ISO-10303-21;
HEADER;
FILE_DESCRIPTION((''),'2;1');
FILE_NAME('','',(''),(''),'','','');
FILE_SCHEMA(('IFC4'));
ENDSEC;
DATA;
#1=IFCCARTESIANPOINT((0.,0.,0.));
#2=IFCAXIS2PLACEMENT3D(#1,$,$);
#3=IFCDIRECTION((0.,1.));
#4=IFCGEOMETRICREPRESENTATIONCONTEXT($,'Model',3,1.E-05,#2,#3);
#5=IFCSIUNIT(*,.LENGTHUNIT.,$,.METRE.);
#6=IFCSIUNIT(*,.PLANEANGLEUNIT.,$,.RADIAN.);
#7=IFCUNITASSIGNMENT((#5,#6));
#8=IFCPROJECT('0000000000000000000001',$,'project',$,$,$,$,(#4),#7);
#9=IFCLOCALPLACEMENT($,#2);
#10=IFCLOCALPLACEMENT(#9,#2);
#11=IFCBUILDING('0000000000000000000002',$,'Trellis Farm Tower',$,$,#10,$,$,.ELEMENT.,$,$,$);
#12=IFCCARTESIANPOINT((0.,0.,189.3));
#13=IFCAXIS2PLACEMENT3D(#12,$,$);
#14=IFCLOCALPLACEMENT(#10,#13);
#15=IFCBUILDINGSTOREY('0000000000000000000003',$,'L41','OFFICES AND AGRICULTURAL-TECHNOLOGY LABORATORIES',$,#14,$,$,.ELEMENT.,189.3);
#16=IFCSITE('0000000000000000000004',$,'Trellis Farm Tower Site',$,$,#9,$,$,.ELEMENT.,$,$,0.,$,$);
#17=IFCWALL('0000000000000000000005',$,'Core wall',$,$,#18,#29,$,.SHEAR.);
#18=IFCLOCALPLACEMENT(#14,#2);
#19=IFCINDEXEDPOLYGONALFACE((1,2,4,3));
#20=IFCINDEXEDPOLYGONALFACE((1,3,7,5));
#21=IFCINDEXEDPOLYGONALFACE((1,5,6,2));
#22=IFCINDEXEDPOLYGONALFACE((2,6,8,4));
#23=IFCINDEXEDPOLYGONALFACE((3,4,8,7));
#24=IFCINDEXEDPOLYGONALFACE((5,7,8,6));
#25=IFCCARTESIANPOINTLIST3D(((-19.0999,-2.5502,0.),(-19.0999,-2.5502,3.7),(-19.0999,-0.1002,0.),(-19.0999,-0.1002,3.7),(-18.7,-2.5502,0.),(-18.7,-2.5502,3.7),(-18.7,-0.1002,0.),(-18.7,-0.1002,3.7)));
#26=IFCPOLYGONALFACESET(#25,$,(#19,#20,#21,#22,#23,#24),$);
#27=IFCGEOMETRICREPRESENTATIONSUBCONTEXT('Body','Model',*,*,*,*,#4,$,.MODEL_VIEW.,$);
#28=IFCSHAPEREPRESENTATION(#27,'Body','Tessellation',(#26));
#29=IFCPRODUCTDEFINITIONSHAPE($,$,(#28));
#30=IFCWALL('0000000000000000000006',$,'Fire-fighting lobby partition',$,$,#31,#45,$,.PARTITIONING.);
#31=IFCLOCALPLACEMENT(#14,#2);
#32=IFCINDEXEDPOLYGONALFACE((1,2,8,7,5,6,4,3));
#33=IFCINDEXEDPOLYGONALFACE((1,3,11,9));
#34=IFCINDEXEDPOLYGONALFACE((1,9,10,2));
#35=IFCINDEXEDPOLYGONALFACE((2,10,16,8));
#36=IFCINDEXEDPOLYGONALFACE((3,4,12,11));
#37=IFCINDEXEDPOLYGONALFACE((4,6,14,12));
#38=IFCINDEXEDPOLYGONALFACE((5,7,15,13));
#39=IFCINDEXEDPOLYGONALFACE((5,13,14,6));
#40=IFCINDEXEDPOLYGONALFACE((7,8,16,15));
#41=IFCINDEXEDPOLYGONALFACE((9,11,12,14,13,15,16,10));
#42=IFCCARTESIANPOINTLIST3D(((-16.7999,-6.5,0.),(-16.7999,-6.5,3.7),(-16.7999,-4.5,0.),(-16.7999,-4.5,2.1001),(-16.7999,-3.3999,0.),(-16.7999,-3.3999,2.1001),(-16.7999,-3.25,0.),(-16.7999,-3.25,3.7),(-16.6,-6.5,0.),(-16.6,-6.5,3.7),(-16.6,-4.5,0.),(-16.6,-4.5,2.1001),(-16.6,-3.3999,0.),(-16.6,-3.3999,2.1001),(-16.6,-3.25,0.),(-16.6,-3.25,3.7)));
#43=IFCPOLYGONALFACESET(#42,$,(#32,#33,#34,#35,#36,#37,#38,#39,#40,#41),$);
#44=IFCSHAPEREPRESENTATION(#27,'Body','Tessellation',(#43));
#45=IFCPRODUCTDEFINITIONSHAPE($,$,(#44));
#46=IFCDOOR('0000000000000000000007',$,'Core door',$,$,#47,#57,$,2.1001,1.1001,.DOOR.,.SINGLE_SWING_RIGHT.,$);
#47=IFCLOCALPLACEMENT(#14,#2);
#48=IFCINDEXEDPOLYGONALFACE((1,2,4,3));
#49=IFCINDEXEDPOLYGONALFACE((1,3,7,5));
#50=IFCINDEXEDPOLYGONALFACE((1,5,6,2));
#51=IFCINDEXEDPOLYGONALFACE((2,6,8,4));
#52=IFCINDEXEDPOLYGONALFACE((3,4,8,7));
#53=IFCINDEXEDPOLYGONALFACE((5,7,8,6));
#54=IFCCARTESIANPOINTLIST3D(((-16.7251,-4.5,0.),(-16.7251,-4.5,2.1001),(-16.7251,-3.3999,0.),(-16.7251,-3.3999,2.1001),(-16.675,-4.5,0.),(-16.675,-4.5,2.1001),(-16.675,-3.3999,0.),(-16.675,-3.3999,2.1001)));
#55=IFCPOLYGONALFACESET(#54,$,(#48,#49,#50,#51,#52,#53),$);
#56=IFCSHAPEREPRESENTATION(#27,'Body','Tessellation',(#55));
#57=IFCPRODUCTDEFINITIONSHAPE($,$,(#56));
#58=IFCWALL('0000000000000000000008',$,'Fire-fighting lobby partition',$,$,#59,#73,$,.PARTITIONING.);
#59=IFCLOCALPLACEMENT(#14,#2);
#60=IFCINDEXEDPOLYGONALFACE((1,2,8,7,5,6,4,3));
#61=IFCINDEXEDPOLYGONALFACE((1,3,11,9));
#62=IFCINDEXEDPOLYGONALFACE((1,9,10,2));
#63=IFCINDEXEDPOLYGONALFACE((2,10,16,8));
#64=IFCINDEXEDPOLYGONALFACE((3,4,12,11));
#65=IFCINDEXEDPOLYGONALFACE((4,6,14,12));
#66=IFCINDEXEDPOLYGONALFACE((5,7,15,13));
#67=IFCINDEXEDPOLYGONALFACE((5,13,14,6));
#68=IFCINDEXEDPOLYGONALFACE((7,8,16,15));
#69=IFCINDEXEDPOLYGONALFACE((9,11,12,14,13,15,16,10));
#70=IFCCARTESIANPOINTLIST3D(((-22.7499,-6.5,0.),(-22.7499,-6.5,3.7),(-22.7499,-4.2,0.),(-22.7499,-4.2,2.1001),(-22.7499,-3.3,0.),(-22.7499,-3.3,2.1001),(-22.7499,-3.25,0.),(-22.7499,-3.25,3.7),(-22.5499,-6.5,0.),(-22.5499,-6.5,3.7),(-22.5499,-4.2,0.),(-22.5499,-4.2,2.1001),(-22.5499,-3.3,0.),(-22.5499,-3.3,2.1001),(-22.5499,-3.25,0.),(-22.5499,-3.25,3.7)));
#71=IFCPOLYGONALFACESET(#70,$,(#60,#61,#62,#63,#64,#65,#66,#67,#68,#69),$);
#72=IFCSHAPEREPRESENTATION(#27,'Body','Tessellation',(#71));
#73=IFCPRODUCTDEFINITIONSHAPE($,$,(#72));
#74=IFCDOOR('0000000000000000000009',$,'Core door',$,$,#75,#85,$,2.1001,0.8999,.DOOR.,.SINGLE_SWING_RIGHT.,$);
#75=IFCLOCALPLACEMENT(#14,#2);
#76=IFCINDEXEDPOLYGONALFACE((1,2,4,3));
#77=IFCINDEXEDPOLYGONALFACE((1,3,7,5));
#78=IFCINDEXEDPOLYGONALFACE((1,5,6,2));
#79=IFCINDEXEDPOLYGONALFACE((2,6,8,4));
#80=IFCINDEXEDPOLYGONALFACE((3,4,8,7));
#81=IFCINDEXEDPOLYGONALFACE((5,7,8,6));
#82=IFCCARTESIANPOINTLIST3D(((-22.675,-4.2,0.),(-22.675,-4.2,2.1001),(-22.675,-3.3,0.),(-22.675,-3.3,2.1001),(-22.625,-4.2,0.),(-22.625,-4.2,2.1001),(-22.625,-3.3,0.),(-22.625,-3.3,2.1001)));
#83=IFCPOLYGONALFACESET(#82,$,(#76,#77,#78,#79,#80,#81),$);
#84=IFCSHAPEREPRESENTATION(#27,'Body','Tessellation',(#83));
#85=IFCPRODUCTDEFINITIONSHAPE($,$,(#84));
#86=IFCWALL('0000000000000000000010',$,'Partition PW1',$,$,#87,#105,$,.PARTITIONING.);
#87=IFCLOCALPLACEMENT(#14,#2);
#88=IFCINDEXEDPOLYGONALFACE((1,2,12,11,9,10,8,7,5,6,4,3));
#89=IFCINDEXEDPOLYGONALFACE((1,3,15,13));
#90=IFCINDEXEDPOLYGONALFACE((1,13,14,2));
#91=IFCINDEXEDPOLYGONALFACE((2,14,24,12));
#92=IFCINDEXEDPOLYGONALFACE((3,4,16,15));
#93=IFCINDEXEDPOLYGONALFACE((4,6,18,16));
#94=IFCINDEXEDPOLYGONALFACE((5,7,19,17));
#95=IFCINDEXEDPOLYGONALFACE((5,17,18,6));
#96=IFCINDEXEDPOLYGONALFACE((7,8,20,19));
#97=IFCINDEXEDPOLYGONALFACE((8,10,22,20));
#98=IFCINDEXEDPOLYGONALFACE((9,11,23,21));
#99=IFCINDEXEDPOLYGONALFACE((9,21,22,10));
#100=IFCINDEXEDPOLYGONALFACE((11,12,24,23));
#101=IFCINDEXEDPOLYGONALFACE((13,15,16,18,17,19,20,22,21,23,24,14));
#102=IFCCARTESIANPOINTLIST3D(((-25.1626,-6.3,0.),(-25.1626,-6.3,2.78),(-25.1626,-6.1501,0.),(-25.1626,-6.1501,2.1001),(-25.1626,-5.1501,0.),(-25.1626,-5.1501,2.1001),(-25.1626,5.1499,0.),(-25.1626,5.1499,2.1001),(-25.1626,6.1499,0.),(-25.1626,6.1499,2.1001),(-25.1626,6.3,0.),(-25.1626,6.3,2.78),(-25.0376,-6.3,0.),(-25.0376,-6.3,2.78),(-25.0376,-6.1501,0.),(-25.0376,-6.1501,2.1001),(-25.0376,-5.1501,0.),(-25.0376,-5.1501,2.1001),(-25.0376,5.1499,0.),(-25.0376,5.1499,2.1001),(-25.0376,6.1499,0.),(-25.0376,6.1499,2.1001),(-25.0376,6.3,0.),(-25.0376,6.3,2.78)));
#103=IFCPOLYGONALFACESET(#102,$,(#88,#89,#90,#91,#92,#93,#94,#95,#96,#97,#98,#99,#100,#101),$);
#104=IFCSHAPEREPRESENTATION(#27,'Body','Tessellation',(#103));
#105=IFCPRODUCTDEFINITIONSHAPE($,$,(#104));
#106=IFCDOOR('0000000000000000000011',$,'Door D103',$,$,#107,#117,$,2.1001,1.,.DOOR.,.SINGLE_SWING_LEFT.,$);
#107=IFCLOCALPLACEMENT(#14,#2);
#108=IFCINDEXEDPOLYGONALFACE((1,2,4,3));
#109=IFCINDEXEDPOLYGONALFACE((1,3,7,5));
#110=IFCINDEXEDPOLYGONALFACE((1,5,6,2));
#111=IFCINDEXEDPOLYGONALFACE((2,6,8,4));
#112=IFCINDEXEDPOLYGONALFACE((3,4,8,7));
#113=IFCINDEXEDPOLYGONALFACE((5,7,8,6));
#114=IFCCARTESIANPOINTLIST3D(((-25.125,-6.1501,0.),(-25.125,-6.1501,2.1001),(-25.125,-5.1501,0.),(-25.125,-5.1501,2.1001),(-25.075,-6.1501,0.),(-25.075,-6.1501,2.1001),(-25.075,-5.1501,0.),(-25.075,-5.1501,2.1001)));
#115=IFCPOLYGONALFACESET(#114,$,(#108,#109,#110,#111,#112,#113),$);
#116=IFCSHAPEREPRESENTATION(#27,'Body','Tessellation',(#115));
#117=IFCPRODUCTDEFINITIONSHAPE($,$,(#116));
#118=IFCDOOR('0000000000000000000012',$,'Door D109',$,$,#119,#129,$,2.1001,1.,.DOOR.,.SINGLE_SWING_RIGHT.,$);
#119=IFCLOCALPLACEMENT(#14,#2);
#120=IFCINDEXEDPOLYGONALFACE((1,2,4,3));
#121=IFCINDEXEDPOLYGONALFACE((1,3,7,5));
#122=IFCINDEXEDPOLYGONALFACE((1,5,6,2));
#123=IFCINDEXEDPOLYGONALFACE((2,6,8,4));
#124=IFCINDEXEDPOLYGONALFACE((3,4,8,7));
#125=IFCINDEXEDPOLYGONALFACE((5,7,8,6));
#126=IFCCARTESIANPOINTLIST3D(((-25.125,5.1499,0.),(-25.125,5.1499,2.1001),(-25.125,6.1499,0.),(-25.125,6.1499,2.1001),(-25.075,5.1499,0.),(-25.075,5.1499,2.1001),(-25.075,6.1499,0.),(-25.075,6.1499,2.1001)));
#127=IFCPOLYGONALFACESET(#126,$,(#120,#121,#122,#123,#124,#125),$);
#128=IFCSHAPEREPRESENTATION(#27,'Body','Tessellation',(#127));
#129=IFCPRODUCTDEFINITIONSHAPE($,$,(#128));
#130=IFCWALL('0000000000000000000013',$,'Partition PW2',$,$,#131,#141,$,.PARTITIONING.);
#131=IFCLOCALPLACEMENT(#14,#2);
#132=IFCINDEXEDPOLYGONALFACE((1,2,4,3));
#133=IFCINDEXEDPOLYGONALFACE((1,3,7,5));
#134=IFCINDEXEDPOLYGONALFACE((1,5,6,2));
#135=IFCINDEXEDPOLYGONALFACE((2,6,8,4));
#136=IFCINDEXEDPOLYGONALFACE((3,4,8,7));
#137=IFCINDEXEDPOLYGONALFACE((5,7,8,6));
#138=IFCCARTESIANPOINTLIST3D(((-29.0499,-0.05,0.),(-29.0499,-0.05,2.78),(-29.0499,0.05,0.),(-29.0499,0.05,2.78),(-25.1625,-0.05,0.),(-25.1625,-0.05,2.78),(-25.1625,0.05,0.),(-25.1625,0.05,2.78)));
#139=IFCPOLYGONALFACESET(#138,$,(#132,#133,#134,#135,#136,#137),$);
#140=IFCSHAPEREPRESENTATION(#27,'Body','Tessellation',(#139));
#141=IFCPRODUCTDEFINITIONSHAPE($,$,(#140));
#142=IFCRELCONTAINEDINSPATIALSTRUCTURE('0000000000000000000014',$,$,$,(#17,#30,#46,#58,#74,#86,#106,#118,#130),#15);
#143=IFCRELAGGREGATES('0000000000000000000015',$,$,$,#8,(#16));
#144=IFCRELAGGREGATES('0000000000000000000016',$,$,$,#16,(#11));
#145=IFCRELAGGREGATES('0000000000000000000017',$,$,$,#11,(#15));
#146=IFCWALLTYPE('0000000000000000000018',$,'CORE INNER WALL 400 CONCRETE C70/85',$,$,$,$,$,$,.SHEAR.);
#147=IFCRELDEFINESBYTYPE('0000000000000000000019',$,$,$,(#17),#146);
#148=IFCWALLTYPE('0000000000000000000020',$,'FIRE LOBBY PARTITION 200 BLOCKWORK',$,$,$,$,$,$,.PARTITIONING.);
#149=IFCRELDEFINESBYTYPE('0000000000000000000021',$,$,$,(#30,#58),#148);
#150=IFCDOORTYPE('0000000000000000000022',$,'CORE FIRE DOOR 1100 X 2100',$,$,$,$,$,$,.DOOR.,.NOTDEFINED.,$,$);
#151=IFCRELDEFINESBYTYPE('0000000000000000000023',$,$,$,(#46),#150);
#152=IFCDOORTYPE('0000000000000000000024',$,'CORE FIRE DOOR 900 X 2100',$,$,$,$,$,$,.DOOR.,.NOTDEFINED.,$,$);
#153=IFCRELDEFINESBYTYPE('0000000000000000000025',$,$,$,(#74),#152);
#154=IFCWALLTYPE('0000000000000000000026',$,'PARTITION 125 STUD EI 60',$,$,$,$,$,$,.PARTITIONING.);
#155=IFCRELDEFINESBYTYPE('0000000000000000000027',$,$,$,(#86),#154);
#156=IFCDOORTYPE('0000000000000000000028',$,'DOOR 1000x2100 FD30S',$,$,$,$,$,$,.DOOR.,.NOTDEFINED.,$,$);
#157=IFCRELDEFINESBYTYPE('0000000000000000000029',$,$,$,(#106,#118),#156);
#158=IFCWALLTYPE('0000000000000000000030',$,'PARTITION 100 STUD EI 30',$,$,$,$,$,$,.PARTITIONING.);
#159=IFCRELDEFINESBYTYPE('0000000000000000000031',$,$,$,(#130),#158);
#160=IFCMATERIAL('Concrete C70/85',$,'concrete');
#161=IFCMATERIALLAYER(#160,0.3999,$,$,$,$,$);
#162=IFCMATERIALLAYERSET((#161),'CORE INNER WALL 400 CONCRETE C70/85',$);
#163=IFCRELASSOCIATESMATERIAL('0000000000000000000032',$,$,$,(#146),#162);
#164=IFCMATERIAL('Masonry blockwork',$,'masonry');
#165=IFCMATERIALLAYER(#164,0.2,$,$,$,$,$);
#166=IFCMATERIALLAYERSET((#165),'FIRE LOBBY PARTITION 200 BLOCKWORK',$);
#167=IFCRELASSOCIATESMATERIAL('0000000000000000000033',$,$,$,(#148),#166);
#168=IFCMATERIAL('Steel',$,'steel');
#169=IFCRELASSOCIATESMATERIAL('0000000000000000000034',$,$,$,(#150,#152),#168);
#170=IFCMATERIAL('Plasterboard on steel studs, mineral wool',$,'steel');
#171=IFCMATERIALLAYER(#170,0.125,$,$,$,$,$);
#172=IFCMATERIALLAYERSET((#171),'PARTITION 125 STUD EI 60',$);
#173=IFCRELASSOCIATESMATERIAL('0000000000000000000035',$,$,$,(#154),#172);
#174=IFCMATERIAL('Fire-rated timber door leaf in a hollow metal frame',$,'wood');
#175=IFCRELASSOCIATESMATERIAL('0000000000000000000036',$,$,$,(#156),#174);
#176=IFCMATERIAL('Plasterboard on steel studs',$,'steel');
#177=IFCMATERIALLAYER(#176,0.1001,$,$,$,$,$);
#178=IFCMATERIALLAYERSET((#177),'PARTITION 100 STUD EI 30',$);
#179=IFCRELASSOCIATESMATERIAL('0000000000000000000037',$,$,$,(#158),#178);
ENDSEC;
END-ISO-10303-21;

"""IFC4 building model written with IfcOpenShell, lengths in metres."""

from ifc_helpers import new_model, si_unit, direction, frame, frame_2d, origin, place, context, subcontext, project, spatial, rectangle, extrude, source, transform, mapped, material, layer, layer_set, type_object, element, fill, save


model = new_model("IFC4")

# Units and contexts
model_context = context("Model", 3, precision=1e-05, world=origin(), true_north=direction((0.0, 1.0)))
body_context = subcontext(model_context, "Body", "Model", "MODEL_VIEW")
ifc_project = project(units=[si_unit("LENGTHUNIT", "METRE"), si_unit("PLANEANGLEUNIT", "RADIAN")], contexts=[model_context])

# Site, building, storey
site_placement = place(None, origin())
site = spatial("IfcSite", under=ifc_project, at=site_placement, Name="Trellis Farm Tower Site", CompositionType="ELEMENT", RefElevation=0.0)
building_placement = place(site_placement, origin())
building = spatial("IfcBuilding", under=site, at=building_placement, Name="Trellis Farm Tower", CompositionType="ELEMENT")
storey_placement = place(building_placement, frame((0.0, 0.0, 189.3)))
storey = spatial("IfcBuildingStorey", under=building, at=storey_placement, Name="L41", Description="OFFICES AND AGRICULTURAL-TECHNOLOGY LABORATORIES", CompositionType="ELEMENT", Elevation=189.3)

# Shared definitions
ifc_material_1 = material(Name="Concrete C70/85", Category="concrete")

# Wall
ifc_layer_1 = layer(ifc_material_1, 0.3999)
ifc_layer_set_1 = layer_set([ifc_layer_1], Name="CORE INNER WALL 400 CONCRETE C70/85")
wall_type_1 = type_object("IfcWallType", Name="CORE INNER WALL 400 CONCRETE C70/85", PredefinedType="SHEAR", material=ifc_layer_set_1)
shared_shape_1 = source(origin(), body_context, "Body", "SweptSolid", [
    extrude(rectangle(XDim=2.45, YDim=0.3999, at=frame_2d((1.2251, 0.0))), origin(), (0.0, 0.0, 1.0), 3.7),
])
for number, where, z_axis, x_axis, name in (
    (1, (-18.8999, -0.1001, 0.0), (0.0, 0.0, 1.0), (0.0, -1.0, 0.0), "Core wall"),
):
    element("IfcWall", number, at=place(storey_placement, frame(where, z_axis=z_axis, x_axis=x_axis)), inside=storey, type_object=wall_type_1, Name=name, PredefinedType="SHEAR", context=body_context, shape_type="MappedRepresentation", body=[
        mapped(shared_shape_1, transform((0.0, 0.0, 0.0))),
    ])

# Walls, openings, doors
ifc_material_2 = material(Name="Masonry blockwork", Category="masonry")
ifc_layer_2 = layer(ifc_material_2, 0.2)
ifc_layer_set_2 = layer_set([ifc_layer_2], Name="FIRE LOBBY PARTITION 200 BLOCKWORK")
wall_type_2 = type_object("IfcWallType", Name="FIRE LOBBY PARTITION 200 BLOCKWORK", PredefinedType="PARTITIONING", material=ifc_layer_set_2)
shared_shape_2 = source(origin(), body_context, "Body", "SweptSolid", [
    extrude(rectangle(XDim=3.25, YDim=0.2, at=frame_2d((1.625, 0.0))), origin(), (0.0, 0.0, 1.0), 3.7),
])
wall_1_placement = place(storey_placement, frame((-16.7, -3.25, 0.0), z_axis=(0.0, 0.0, 1.0), x_axis=(0.0, -1.0, 0.0)))
wall_1 = element("IfcWall", 2, at=wall_1_placement, inside=storey, type_object=wall_type_2, Name="Fire-fighting lobby partition", PredefinedType="PARTITIONING", context=body_context, shape_type="MappedRepresentation", body=[
    mapped(shared_shape_2, transform((0.0, 0.0, 0.0))),
])
shared_shape_3 = source(origin(), body_context, "Body", "SweptSolid", [
    extrude(rectangle(XDim=1.1001, YDim=2.1001, at=frame_2d((0.55, 1.05))), frame((0.0, 0.1101, 0.0), z_axis=(0.0, -1.0, 0.0), x_axis=(1.0, 0.0, 0.0)), (0.0, 0.0, 1.0), 0.2202),
])
opening_1_placement = place(wall_1_placement, frame((0.1499, 0.0, 0.0)))
opening_1 = element("IfcOpeningElement", 3, at=opening_1_placement, cuts=wall_1, PredefinedType="OPENING", context=body_context, shape_type="MappedRepresentation", body=[
    mapped(shared_shape_3, transform((0.0, 0.0, 0.0))),
])
ifc_material_3 = material(Name="Steel", Category="steel")
door_type_1 = type_object("IfcDoorType", Name="CORE FIRE DOOR 1100 X 2100", OperationType="NOTDEFINED", PredefinedType="DOOR", material=ifc_material_3)
shared_shape_4 = source(origin(), body_context, "Body", "SweptSolid", [
    extrude(rectangle(XDim=1.1001, YDim=2.1001, at=frame_2d((0.55, 1.05))), frame((0.0, 0.0249, 0.0), z_axis=(0.0, -1.0, 0.0), x_axis=(1.0, 0.0, 0.0)), (0.0, 0.0, 1.0), 0.05),
])
door_1_placement = place(opening_1_placement, origin())
door_1 = element("IfcDoor", 4, at=door_1_placement, inside=storey, type_object=door_type_1, Name="Core door", OperationType="SINGLE_SWING_RIGHT", OverallHeight=2.1001, OverallWidth=1.1001, PredefinedType="DOOR", context=body_context, shape_type="MappedRepresentation", body=[
    mapped(shared_shape_4, transform((0.0, 0.0, 0.0))),
])
fill(opening_1, door_1)
wall_2_placement = place(storey_placement, frame((-22.6499, -3.25, 0.0), z_axis=(0.0, 0.0, 1.0), x_axis=(0.0, -1.0, 0.0)))
wall_2 = element("IfcWall", 5, at=wall_2_placement, inside=storey, type_object=wall_type_2, Name="Fire-fighting lobby partition", PredefinedType="PARTITIONING", context=body_context, shape_type="MappedRepresentation", body=[
    mapped(shared_shape_2, transform((0.0, 0.0, 0.0))),
])
shared_shape_5 = source(origin(), body_context, "Body", "SweptSolid", [
    extrude(rectangle(XDim=0.8999, YDim=2.1001, at=frame_2d((0.45, 1.05))), frame((0.0, 0.1101, 0.0), z_axis=(0.0, -1.0, 0.0), x_axis=(1.0, 0.0, 0.0)), (0.0, 0.0, 1.0), 0.2202),
])
opening_2_placement = place(wall_2_placement, frame((0.05, 0.0, 0.0)))
opening_2 = element("IfcOpeningElement", 6, at=opening_2_placement, cuts=wall_2, PredefinedType="OPENING", context=body_context, shape_type="MappedRepresentation", body=[
    mapped(shared_shape_5, transform((0.0, 0.0, 0.0))),
])
door_type_2 = type_object("IfcDoorType", Name="CORE FIRE DOOR 900 X 2100", OperationType="NOTDEFINED", PredefinedType="DOOR", material=ifc_material_3)
shared_shape_6 = source(origin(), body_context, "Body", "SweptSolid", [
    extrude(rectangle(XDim=0.8999, YDim=2.1001, at=frame_2d((0.45, 1.05))), frame((0.0, 0.0249, 0.0), z_axis=(0.0, -1.0, 0.0), x_axis=(1.0, 0.0, 0.0)), (0.0, 0.0, 1.0), 0.05),
])
door_2_placement = place(opening_2_placement, origin())
door_2 = element("IfcDoor", 7, at=door_2_placement, inside=storey, type_object=door_type_2, Name="Core door", OperationType="SINGLE_SWING_RIGHT", OverallHeight=2.1001, OverallWidth=0.8999, PredefinedType="DOOR", context=body_context, shape_type="MappedRepresentation", body=[
    mapped(shared_shape_6, transform((0.0, 0.0, 0.0))),
])
fill(opening_2, door_2)

# Wall, openings, doors
ifc_material_4 = material(Name="Plasterboard on steel studs, mineral wool", Category="steel")
ifc_layer_3 = layer(ifc_material_4, 0.125)
ifc_layer_set_3 = layer_set([ifc_layer_3], Name="PARTITION 125 STUD EI 60")
wall_type_3 = type_object("IfcWallType", Name="PARTITION 125 STUD EI 60", PredefinedType="PARTITIONING", material=ifc_layer_set_3)
shared_shape_7 = source(origin(), body_context, "Body", "SweptSolid", [
    extrude(rectangle(XDim=12.6001, YDim=0.125, at=frame_2d((6.3, 0.0))), origin(), (0.0, 0.0, 1.0), 2.78),
])
wall_3_placement = place(storey_placement, frame((-25.1001, -6.3, 0.0), z_axis=(0.0, 0.0, 1.0), x_axis=(0.0, 1.0, 0.0)))
wall_3 = element("IfcWall", 8, at=wall_3_placement, inside=storey, type_object=wall_type_3, Name="Partition PW1", PredefinedType="PARTITIONING", context=body_context, shape_type="MappedRepresentation", body=[
    mapped(shared_shape_7, transform((0.0, 0.0, 0.0))),
])
shared_shape_8 = source(origin(), body_context, "Body", "SweptSolid", [
    extrude(rectangle(XDim=1.0, YDim=2.1001, at=frame_2d((0.5, 1.05))), frame((0.0, 0.0725, 0.0), z_axis=(0.0, -1.0, 0.0), x_axis=(1.0, 0.0, 0.0)), (0.0, 0.0, 1.0), 0.145),
])
opening_3_placement = place(wall_3_placement, frame((0.1499, 0.0, 0.0)))
opening_3 = element("IfcOpeningElement", 9, at=opening_3_placement, cuts=wall_3, PredefinedType="OPENING", context=body_context, shape_type="MappedRepresentation", body=[
    mapped(shared_shape_8, transform((0.0, 0.0, 0.0))),
])
opening_4_placement = place(wall_3_placement, frame((11.45, 0.0, 0.0)))
opening_4 = element("IfcOpeningElement", 10, at=opening_4_placement, cuts=wall_3, PredefinedType="OPENING", context=body_context, shape_type="MappedRepresentation", body=[
    mapped(shared_shape_8, transform((0.0, 0.0, 0.0))),
])
ifc_material_5 = material(Name="Fire-rated timber door leaf in a hollow metal frame", Category="wood")
door_type_3 = type_object("IfcDoorType", Name="DOOR 1000x2100 FD30S", OperationType="NOTDEFINED", PredefinedType="DOOR", material=ifc_material_5)
shared_shape_9 = source(origin(), body_context, "Body", "SweptSolid", [
    extrude(rectangle(XDim=1.0, YDim=2.1001, at=frame_2d((0.5, 1.05))), frame((0.0, 0.0249, 0.0), z_axis=(0.0, -1.0, 0.0), x_axis=(1.0, 0.0, 0.0)), (0.0, 0.0, 1.0), 0.05),
])
door_3_placement = place(opening_3_placement, origin())
door_3 = element("IfcDoor", 11, at=door_3_placement, inside=storey, type_object=door_type_3, Name="Door D103", OperationType="SINGLE_SWING_LEFT", OverallHeight=2.1001, OverallWidth=1.0, PredefinedType="DOOR", context=body_context, shape_type="MappedRepresentation", body=[
    mapped(shared_shape_9, transform((0.0, 0.0, 0.0))),
])
fill(opening_3, door_3)
door_4_placement = place(opening_4_placement, origin())
door_4 = element("IfcDoor", 12, at=door_4_placement, inside=storey, type_object=door_type_3, Name="Door D109", OperationType="SINGLE_SWING_RIGHT", OverallHeight=2.1001, OverallWidth=1.0, PredefinedType="DOOR", context=body_context, shape_type="MappedRepresentation", body=[
    mapped(shared_shape_9, transform((0.0, 0.0, 0.0))),
])
fill(opening_4, door_4)

# Wall
ifc_material_6 = material(Name="Plasterboard on steel studs", Category="steel")
ifc_layer_4 = layer(ifc_material_6, 0.1001)
ifc_layer_set_4 = layer_set([ifc_layer_4], Name="PARTITION 100 STUD EI 30")
wall_type_4 = type_object("IfcWallType", Name="PARTITION 100 STUD EI 30", PredefinedType="PARTITIONING", material=ifc_layer_set_4)
shared_shape_10 = source(origin(), body_context, "Body", "SweptSolid", [
    extrude(rectangle(XDim=3.8875, YDim=0.1001, at=frame_2d((1.9438, 0.0))), origin(), (0.0, 0.0, 1.0), 2.78),
])
wall_4_placement = place(storey_placement, frame((-29.05, 0.0, 0.0), z_axis=(0.0, 0.0, 1.0), x_axis=(1.0, 0.0, 0.0)))
element("IfcWall", 13, at=wall_4_placement, inside=storey, type_object=wall_type_4, Name="Partition PW2", PredefinedType="PARTITIONING", context=body_context, shape_type="MappedRepresentation", body=[
    mapped(shared_shape_10, transform((0.0, 0.0, 0.0))),
])

save(model, "model.ifc")
